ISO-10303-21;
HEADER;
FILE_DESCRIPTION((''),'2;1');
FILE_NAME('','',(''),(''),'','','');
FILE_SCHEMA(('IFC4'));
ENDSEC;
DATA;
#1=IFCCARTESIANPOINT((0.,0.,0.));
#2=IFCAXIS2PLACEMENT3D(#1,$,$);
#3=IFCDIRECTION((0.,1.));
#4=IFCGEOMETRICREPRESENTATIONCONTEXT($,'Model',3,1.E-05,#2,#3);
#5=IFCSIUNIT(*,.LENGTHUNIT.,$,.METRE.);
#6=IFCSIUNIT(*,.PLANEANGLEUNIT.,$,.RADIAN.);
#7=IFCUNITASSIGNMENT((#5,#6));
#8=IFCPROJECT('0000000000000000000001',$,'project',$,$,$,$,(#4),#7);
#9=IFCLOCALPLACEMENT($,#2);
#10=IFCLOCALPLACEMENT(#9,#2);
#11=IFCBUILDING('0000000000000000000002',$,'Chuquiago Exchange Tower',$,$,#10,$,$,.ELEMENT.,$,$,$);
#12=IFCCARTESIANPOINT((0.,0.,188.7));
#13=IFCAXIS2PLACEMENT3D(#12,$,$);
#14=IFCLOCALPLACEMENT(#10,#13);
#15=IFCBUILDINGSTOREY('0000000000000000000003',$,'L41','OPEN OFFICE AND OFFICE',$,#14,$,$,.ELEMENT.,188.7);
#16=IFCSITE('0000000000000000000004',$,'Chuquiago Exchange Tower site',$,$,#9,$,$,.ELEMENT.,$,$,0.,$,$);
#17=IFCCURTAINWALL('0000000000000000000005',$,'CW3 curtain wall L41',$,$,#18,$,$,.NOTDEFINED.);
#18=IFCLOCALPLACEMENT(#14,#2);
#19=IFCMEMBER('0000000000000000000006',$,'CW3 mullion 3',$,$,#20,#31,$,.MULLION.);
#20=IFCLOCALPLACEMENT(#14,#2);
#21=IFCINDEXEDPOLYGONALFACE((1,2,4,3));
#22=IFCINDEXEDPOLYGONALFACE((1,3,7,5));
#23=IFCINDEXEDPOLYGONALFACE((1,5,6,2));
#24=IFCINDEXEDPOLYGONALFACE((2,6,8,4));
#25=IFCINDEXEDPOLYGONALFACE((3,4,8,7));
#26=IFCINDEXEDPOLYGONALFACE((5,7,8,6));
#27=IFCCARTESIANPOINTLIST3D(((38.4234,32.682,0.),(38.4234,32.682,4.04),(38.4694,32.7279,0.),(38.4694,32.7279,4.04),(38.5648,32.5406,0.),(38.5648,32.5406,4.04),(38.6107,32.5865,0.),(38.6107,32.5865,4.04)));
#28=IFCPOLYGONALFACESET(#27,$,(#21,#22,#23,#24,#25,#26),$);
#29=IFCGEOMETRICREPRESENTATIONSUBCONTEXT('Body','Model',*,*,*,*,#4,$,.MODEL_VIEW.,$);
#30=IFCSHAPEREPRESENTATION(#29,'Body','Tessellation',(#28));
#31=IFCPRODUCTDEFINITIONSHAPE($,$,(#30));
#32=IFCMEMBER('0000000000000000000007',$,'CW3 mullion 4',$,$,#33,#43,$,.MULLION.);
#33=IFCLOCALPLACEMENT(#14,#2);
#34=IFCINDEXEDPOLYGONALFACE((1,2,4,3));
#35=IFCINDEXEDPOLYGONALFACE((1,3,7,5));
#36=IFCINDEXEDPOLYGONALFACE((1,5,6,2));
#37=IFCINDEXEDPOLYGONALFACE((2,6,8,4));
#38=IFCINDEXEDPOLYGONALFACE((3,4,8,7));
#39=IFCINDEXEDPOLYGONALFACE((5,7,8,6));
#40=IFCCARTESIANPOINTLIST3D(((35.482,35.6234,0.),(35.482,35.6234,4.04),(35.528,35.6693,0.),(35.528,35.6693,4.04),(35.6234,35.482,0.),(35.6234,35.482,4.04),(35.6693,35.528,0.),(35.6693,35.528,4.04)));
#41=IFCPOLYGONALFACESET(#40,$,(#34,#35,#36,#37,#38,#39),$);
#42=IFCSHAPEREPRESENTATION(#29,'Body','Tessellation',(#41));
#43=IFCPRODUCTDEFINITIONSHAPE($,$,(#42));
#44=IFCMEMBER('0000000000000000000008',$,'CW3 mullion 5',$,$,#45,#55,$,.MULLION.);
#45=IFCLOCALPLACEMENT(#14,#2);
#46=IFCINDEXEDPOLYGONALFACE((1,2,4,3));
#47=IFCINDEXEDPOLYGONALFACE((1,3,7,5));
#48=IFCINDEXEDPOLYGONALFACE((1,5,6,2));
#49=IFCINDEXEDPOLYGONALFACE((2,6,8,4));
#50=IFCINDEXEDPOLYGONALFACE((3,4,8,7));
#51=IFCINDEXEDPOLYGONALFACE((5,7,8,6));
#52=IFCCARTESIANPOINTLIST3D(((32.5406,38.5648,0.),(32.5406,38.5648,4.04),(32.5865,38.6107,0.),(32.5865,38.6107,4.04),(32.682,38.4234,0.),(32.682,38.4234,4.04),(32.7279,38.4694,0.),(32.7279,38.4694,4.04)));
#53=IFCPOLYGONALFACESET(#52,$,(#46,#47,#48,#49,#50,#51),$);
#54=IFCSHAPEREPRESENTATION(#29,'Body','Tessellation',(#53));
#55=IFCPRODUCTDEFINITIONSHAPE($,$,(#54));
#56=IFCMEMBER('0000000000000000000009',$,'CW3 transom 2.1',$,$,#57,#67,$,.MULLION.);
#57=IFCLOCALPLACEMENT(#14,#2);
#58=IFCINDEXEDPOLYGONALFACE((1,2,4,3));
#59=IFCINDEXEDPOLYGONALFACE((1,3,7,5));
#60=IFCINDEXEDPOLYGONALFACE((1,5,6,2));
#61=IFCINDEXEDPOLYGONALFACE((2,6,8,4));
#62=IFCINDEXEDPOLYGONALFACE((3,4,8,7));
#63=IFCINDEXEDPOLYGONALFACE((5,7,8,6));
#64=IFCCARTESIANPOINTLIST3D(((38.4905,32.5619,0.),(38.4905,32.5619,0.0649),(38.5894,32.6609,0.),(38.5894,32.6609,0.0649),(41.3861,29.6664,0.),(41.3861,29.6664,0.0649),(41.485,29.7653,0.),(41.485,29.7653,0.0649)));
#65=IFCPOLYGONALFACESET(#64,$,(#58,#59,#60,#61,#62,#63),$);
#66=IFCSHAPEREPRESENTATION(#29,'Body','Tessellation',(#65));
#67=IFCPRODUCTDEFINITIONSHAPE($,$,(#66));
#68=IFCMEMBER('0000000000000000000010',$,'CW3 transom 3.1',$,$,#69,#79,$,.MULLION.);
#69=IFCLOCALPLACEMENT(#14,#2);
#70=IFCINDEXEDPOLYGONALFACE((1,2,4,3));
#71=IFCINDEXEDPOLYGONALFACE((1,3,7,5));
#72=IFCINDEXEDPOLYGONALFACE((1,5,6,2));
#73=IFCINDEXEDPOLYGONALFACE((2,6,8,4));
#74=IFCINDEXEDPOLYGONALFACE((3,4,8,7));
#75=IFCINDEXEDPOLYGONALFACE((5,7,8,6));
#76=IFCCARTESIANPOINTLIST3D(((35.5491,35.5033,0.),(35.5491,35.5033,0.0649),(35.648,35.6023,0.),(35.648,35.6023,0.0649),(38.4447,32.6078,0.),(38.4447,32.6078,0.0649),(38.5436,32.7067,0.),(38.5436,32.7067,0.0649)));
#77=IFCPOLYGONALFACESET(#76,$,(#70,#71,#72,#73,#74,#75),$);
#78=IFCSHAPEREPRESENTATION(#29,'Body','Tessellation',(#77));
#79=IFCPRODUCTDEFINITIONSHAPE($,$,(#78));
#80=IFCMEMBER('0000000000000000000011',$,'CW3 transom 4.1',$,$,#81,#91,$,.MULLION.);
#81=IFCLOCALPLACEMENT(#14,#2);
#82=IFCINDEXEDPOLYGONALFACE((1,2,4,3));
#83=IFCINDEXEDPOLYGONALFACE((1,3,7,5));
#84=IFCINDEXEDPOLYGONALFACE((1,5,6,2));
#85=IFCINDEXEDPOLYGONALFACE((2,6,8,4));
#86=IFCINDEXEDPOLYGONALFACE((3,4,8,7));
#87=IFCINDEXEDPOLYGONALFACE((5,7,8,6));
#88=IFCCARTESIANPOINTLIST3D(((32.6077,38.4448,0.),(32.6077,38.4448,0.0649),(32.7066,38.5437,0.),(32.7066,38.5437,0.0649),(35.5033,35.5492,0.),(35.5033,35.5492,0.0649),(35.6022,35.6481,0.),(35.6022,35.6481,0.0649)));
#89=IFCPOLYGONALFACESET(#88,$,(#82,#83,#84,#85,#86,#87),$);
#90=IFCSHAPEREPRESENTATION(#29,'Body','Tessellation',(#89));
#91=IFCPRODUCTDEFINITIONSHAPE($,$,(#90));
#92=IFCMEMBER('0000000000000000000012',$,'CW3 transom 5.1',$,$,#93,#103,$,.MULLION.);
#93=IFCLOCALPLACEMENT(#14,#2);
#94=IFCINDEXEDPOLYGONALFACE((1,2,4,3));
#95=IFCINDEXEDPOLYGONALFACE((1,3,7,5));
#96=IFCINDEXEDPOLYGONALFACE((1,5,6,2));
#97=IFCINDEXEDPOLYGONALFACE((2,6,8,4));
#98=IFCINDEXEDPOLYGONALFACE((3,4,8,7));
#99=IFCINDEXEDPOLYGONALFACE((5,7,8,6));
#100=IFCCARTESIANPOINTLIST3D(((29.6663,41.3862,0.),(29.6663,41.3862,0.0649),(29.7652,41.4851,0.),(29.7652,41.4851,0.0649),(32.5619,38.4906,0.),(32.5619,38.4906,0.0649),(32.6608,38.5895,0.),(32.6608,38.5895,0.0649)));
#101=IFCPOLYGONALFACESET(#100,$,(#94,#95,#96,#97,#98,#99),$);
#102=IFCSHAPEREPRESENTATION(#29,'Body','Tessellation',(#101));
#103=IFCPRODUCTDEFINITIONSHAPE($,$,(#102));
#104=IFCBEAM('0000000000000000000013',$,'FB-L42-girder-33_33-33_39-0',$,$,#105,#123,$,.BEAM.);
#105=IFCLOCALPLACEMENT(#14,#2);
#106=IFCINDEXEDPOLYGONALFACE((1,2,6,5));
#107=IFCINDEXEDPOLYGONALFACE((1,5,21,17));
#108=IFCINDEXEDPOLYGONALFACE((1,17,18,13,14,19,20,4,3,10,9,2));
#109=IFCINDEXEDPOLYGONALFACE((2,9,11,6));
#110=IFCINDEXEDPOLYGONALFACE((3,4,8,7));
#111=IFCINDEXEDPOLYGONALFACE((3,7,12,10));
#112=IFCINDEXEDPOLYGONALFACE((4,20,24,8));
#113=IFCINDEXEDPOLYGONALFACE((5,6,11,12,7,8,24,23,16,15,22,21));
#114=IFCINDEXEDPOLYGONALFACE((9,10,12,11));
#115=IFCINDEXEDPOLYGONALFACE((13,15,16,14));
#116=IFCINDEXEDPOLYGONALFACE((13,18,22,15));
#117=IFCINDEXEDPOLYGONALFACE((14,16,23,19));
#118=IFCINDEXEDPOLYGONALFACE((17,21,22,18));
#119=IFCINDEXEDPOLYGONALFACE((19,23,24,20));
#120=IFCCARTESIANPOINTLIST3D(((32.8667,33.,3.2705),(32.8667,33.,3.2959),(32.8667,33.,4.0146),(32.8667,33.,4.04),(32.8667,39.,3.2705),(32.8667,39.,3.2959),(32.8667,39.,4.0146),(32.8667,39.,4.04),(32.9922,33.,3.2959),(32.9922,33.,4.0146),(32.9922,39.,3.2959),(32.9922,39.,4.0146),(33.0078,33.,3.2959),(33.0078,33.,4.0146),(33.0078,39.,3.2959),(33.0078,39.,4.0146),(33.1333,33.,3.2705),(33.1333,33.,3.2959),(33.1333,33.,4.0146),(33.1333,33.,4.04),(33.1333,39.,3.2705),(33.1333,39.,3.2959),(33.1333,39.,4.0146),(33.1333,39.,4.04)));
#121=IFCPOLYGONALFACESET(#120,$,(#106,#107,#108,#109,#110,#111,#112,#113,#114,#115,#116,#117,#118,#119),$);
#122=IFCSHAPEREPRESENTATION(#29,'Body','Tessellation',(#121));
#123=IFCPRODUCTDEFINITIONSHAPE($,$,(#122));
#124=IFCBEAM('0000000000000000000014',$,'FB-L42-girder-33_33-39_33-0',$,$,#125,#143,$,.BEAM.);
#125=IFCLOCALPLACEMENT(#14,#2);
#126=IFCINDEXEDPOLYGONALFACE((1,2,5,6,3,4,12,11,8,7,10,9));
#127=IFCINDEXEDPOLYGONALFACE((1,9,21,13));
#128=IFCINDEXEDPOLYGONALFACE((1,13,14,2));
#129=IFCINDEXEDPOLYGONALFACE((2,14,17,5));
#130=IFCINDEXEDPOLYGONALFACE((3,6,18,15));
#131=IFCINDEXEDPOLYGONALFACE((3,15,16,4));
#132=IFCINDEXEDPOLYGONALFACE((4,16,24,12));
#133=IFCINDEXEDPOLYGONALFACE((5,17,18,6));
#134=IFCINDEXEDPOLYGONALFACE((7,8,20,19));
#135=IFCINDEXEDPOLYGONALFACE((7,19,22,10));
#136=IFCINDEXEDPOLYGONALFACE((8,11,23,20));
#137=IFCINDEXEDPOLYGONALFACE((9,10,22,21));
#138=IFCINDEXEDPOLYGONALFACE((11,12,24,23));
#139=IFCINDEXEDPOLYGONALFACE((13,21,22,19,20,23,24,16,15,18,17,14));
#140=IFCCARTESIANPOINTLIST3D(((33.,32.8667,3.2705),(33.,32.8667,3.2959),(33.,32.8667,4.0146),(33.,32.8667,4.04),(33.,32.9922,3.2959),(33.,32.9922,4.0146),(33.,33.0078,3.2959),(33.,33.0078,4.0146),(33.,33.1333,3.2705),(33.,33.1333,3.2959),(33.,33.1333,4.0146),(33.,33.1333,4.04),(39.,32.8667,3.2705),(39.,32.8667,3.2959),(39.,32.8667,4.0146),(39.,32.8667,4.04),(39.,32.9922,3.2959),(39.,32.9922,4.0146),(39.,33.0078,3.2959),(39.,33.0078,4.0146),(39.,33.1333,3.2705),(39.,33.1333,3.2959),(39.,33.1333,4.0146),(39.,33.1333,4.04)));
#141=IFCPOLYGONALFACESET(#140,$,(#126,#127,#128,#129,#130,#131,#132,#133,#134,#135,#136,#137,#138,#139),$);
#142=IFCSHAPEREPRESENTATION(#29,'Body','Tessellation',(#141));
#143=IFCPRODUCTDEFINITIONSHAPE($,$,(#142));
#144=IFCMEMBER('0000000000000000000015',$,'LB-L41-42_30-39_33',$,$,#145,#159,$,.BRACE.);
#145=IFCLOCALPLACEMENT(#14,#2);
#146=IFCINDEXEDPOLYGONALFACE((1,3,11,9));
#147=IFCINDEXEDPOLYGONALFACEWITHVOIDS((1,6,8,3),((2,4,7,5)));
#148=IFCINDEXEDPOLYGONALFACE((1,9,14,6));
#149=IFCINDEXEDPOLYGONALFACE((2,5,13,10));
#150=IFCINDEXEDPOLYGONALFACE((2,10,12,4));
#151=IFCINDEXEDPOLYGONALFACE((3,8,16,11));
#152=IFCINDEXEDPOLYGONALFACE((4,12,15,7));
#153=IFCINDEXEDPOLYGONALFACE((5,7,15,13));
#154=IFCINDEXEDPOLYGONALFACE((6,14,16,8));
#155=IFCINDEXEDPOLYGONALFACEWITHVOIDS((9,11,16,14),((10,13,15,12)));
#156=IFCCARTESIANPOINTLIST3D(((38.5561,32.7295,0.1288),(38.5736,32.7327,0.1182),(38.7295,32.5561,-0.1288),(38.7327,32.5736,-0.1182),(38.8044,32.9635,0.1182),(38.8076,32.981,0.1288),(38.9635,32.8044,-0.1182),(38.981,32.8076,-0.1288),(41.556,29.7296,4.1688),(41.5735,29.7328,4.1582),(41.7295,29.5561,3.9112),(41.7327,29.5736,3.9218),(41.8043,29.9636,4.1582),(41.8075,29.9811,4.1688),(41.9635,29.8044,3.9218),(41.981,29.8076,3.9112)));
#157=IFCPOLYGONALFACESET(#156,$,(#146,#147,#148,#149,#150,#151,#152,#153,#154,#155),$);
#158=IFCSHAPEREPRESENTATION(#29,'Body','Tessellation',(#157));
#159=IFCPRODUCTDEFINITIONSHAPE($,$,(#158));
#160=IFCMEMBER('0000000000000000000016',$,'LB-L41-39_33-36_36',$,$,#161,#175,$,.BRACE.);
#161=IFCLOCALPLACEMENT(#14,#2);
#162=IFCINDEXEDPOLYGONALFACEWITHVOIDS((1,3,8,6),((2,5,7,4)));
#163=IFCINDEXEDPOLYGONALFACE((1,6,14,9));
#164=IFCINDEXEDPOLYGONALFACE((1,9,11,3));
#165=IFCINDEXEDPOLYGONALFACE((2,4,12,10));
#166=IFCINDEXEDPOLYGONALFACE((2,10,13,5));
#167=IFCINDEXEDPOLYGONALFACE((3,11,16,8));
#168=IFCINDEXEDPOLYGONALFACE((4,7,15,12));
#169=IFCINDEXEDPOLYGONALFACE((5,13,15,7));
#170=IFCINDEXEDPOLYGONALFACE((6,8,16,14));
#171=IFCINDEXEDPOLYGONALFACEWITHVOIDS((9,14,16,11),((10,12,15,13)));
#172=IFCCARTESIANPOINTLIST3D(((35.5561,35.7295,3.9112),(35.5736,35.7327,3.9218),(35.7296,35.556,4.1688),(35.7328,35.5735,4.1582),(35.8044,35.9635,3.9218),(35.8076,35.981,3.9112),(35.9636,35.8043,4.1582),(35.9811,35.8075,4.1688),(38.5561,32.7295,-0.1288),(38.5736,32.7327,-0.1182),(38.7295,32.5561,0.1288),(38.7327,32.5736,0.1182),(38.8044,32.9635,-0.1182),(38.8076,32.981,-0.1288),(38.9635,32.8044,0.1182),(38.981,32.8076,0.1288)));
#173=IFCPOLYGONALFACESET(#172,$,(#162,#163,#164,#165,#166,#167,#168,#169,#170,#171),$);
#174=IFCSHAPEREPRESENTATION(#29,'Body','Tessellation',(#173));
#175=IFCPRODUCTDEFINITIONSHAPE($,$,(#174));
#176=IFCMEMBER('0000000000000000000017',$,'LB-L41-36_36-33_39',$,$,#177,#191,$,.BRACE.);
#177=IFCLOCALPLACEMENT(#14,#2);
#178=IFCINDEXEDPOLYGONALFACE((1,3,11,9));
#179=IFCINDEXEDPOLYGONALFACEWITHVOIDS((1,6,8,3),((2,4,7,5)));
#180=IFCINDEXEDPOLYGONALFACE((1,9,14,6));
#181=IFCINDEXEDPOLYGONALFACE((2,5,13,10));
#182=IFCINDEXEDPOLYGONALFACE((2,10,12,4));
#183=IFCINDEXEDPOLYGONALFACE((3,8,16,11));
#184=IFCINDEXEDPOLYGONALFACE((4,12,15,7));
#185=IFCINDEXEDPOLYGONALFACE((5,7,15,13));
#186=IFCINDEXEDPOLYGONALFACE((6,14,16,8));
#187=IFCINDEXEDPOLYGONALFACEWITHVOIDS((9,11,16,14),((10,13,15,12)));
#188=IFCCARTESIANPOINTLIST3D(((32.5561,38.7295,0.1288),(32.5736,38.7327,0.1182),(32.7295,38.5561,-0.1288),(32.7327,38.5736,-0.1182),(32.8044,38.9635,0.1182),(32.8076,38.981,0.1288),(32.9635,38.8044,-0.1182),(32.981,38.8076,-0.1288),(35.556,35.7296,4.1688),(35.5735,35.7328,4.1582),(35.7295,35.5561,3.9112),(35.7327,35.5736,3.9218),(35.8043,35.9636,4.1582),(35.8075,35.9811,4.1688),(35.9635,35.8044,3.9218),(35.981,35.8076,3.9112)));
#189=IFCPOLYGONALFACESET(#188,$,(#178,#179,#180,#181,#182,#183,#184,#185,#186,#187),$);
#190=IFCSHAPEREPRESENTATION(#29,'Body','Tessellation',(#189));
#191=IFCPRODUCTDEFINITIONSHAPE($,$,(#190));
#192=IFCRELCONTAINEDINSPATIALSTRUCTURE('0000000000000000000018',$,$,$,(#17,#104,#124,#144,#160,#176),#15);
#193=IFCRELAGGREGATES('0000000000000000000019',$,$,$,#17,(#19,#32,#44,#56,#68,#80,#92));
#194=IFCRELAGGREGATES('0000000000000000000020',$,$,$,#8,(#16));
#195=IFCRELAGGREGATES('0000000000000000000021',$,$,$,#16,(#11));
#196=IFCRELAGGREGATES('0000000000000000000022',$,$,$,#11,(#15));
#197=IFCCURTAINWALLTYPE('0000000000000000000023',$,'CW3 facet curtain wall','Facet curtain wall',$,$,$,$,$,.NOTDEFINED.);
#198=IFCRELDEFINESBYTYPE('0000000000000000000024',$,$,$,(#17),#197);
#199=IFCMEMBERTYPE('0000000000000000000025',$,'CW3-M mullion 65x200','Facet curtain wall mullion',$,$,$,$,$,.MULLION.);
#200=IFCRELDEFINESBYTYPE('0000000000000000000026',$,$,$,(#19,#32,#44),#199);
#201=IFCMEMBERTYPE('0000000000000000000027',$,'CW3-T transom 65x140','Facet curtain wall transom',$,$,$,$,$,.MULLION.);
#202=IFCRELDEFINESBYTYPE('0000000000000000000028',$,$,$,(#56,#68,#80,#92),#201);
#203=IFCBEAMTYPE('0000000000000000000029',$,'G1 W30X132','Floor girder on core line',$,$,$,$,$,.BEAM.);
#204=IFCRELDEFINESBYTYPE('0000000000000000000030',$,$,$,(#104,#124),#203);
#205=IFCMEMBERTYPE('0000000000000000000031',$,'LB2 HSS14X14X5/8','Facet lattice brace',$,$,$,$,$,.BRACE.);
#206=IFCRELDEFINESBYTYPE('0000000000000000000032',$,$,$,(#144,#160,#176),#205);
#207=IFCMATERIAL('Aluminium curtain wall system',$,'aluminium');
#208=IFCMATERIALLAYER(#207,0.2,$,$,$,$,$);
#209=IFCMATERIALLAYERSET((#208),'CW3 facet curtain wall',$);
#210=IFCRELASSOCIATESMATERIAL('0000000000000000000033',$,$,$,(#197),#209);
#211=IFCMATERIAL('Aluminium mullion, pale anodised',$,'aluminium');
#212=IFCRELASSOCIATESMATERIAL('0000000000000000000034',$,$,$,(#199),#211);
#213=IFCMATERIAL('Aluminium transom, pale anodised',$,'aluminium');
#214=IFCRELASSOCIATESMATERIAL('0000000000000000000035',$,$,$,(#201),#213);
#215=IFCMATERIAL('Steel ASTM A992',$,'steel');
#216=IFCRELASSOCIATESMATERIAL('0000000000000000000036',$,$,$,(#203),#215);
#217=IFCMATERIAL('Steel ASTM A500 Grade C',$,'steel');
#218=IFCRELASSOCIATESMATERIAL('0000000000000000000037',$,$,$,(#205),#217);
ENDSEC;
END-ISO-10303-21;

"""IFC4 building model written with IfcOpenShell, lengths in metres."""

from ifc_helpers import new_model, si_unit, direction, frame, origin, origin_2d, place, context, subcontext, project, spatial, rectangle, hollow_rectangle, i_section, extrude, material, layer, layer_set, material_profile, profile_set, type_object, element, aggregate, save


model = new_model("IFC4")

# Units and contexts
model_context = context("Model", 3, precision=1e-05, world=origin(), true_north=direction((0.0, 1.0)))
body_context = subcontext(model_context, "Body", "Model", "MODEL_VIEW")
ifc_project = project(units=[si_unit("LENGTHUNIT", "METRE"), si_unit("PLANEANGLEUNIT", "RADIAN")], contexts=[model_context])

# Site, building, storey
site_placement = place(None, origin())
site = spatial("IfcSite", under=ifc_project, at=site_placement, Name="Chuquiago Exchange Tower site", CompositionType="ELEMENT", RefElevation=0.0)
building_placement = place(site_placement, origin())
building = spatial("IfcBuilding", under=site, at=building_placement, Name="Chuquiago Exchange Tower", CompositionType="ELEMENT")
storey_placement = place(building_placement, frame((0.0, 0.0, 188.7)))
storey = spatial("IfcBuildingStorey", under=building, at=storey_placement, Name="L41", Description="OPEN OFFICE AND OFFICE", CompositionType="ELEMENT", Elevation=188.7)

# Curtain wall, members
ifc_material_1 = material(Name="Aluminium curtain wall system", Category="aluminium")
ifc_layer_1 = layer(ifc_material_1, 0.2)
ifc_layer_set_1 = layer_set([ifc_layer_1], Name="CW3 facet curtain wall")
curtain_wall_type = type_object("IfcCurtainWallType", Name="CW3 facet curtain wall", Description="Facet curtain wall", PredefinedType="NOTDEFINED", material=ifc_layer_set_1)
curtain_wall_placement = place(storey_placement, origin())
curtain_wall = element("IfcCurtainWall", 1, at=curtain_wall_placement, inside=storey, type_object=curtain_wall_type, Name="CW3 curtain wall L41", PredefinedType="NOTDEFINED")
ifc_material_2 = material(Name="Aluminium mullion, pale anodised", Category="aluminium")
ifc_material_profile_1 = material_profile(ifc_material_2, rectangle(XDim=0.0649, YDim=0.2, at=origin_2d()), Name="AL 65x200")
ifc_profile_set_1 = profile_set([ifc_material_profile_1], Name="Aluminium mullion, pale anodised")
member_type_1 = type_object("IfcMemberType", Name="CW3-M mullion 65x200", Description="Facet curtain wall mullion", PredefinedType="MULLION", material=ifc_profile_set_1)
member_1_placement = place(storey_placement, frame((38.5171, 32.6343, 0.0), z_axis=(0.0, 0.0, 1.0), x_axis=(-0.707107, -0.707107, 0.0)))
member_1 = element("IfcMember", 2, at=member_1_placement, type_object=member_type_1, Name="CW3 mullion 3", PredefinedType="MULLION", context=body_context, shape_type="SweptSolid", body=[
    extrude(rectangle(XDim=0.0649, YDim=0.2, at=origin_2d()), origin(), (0.0, 0.0, 1.0), 4.04),
])
member_2_placement = place(storey_placement, frame((35.5757, 35.5757, 0.0), z_axis=(0.0, 0.0, 1.0), x_axis=(-0.707107, -0.707107, 0.0)))
member_2 = element("IfcMember", 3, at=member_2_placement, type_object=member_type_1, Name="CW3 mullion 4", PredefinedType="MULLION", context=body_context, shape_type="SweptSolid", body=[
    extrude(rectangle(XDim=0.0649, YDim=0.2, at=origin_2d()), origin(), (0.0, 0.0, 1.0), 4.04),
])
member_3_placement = place(storey_placement, frame((32.6343, 38.5171, 0.0), z_axis=(0.0, 0.0, 1.0), x_axis=(-0.707107, -0.707107, 0.0)))
member_3 = element("IfcMember", 4, at=member_3_placement, type_object=member_type_1, Name="CW3 mullion 5", PredefinedType="MULLION", context=body_context, shape_type="SweptSolid", body=[
    extrude(rectangle(XDim=0.0649, YDim=0.2, at=origin_2d()), origin(), (0.0, 0.0, 1.0), 4.04),
])
ifc_material_3 = material(Name="Aluminium transom, pale anodised", Category="aluminium")
ifc_material_profile_2 = material_profile(ifc_material_3, rectangle(XDim=0.1399, YDim=0.0649, at=origin_2d()), Name="AL 140x65")
ifc_profile_set_2 = profile_set([ifc_material_profile_2], Name="Aluminium transom, pale anodised")
member_type_2 = type_object("IfcMemberType", Name="CW3-T transom 65x140", Description="Facet curtain wall transom", PredefinedType="MULLION", material=ifc_profile_set_2)
member_4_placement = place(storey_placement, frame((41.4355, 29.7158, 0.0325), z_axis=(-0.707107, 0.707107, 0.0), x_axis=(-0.707107, -0.707107, 0.0)))
member_4 = element("IfcMember", 5, at=member_4_placement, type_object=member_type_2, Name="CW3 transom 2.1", PredefinedType="MULLION", context=body_context, shape_type="SweptSolid", body=[
    extrude(rectangle(XDim=0.1399, YDim=0.0649, at=origin_2d()), origin(), (0.0, 0.0, 1.0), 4.095),
])
member_5_placement = place(storey_placement, frame((38.4941, 32.6572, 0.0325), z_axis=(-0.707107, 0.707107, 0.0), x_axis=(-0.707107, -0.707107, 0.0)))
member_5 = element("IfcMember", 6, at=member_5_placement, type_object=member_type_2, Name="CW3 transom 3.1", PredefinedType="MULLION", context=body_context, shape_type="SweptSolid", body=[
    extrude(rectangle(XDim=0.1399, YDim=0.0649, at=origin_2d()), origin(), (0.0, 0.0, 1.0), 4.095),
])
member_6_placement = place(storey_placement, frame((35.5527, 35.5986, 0.0325), z_axis=(-0.707107, 0.707107, 0.0), x_axis=(-0.707107, -0.707107, 0.0)))
member_6 = element("IfcMember", 7, at=member_6_placement, type_object=member_type_2, Name="CW3 transom 4.1", PredefinedType="MULLION", context=body_context, shape_type="SweptSolid", body=[
    extrude(rectangle(XDim=0.1399, YDim=0.0649, at=origin_2d()), origin(), (0.0, 0.0, 1.0), 4.095),
])
member_7_placement = place(storey_placement, frame((32.6113, 38.54, 0.0325), z_axis=(-0.707107, 0.707107, 0.0), x_axis=(-0.707107, -0.707107, 0.0)))
member_7 = element("IfcMember", 8, at=member_7_placement, type_object=member_type_2, Name="CW3 transom 5.1", PredefinedType="MULLION", context=body_context, shape_type="SweptSolid", body=[
    extrude(rectangle(XDim=0.1399, YDim=0.0649, at=origin_2d()), origin(), (0.0, 0.0, 1.0), 4.095),
])

# Beams
ifc_material_4 = material(Name="Steel ASTM A992", Category="steel")
ifc_material_profile_3 = material_profile(ifc_material_4, i_section(OverallWidth=0.2666, OverallDepth=0.7695, WebThickness=0.0156, FlangeThickness=0.0254, at=origin_2d()), Name="W30X132")
ifc_profile_set_3 = profile_set([ifc_material_profile_3], Name="Steel ASTM A992")
beam_type_1 = type_object("IfcBeamType", Name="G1 W30X132", Description="Floor girder on core line", PredefinedType="BEAM", material=ifc_profile_set_3)
for number, where, z_axis, x_axis, name in (
    (9, (33.0, 33.0, 3.6553), (0.0, 1.0, 0.0), (-1.0, 0.0, 0.0), "FB-L42-girder-33_33-33_39-0"),
    (10, (33.0, 33.0, 3.6553), (1.0, 0.0, 0.0), (0.0, 1.0, 0.0), "FB-L42-girder-33_33-39_33-0"),
):
    element("IfcBeam", number, at=place(storey_placement, frame(where, z_axis=z_axis, x_axis=x_axis)), inside=storey, type_object=beam_type_1, Name=name, PredefinedType="BEAM", context=body_context, shape_type="SweptSolid", body=[
        extrude(i_section(OverallWidth=0.2666, OverallDepth=0.7695, WebThickness=0.0156, FlangeThickness=0.0254, at=origin_2d()), origin(), (0.0, 0.0, 1.0), 6.0),
    ])

# Members
ifc_material_5 = material(Name="Steel ASTM A500 Grade C", Category="steel")
ifc_material_profile_4 = material_profile(ifc_material_5, hollow_rectangle(XDim=0.3557, YDim=0.3557, WallThickness=0.0146, at=origin_2d()), Name="HSS14X14X5/8")
ifc_profile_set_4 = profile_set([ifc_material_profile_4], Name="Steel ASTM A500 Grade C")
member_type_3 = type_object("IfcMemberType", Name="LB2 HSS14X14X5/8", Description="Facet lattice brace", PredefinedType="BRACE", material=ifc_profile_set_4)
for number, where, z_axis, x_axis, name in (
    (11, (38.7686, 32.7686, 0.0), (0.512077, -0.512077, 0.689604), (0.707107, 0.707107, 0.0), "LB-L41-42_30-39_33"),
    (12, (38.7686, 32.7686, 0.0), (-0.512077, 0.512077, 0.689604), (-0.707107, -0.707107, 0.0), "LB-L41-39_33-36_36"),
    (13, (32.7686, 38.7686, 0.0), (0.512077, -0.512077, 0.689604), (0.707107, 0.707107, 0.0), "LB-L41-36_36-33_39"),
):
    element("IfcMember", number, at=place(storey_placement, frame(where, z_axis=z_axis, x_axis=x_axis)), inside=storey, type_object=member_type_3, Name=name, PredefinedType="BRACE", context=body_context, shape_type="SweptSolid", body=[
        extrude(hollow_rectangle(XDim=0.3557, YDim=0.3557, WallThickness=0.0146, at=origin_2d()), origin(), (0.0, 0.0, 1.0), 5.8584),
    ])

aggregate(curtain_wall, [member_1, member_2, member_3, member_4, member_5, member_6, member_7])

save(model, "model.ifc")
